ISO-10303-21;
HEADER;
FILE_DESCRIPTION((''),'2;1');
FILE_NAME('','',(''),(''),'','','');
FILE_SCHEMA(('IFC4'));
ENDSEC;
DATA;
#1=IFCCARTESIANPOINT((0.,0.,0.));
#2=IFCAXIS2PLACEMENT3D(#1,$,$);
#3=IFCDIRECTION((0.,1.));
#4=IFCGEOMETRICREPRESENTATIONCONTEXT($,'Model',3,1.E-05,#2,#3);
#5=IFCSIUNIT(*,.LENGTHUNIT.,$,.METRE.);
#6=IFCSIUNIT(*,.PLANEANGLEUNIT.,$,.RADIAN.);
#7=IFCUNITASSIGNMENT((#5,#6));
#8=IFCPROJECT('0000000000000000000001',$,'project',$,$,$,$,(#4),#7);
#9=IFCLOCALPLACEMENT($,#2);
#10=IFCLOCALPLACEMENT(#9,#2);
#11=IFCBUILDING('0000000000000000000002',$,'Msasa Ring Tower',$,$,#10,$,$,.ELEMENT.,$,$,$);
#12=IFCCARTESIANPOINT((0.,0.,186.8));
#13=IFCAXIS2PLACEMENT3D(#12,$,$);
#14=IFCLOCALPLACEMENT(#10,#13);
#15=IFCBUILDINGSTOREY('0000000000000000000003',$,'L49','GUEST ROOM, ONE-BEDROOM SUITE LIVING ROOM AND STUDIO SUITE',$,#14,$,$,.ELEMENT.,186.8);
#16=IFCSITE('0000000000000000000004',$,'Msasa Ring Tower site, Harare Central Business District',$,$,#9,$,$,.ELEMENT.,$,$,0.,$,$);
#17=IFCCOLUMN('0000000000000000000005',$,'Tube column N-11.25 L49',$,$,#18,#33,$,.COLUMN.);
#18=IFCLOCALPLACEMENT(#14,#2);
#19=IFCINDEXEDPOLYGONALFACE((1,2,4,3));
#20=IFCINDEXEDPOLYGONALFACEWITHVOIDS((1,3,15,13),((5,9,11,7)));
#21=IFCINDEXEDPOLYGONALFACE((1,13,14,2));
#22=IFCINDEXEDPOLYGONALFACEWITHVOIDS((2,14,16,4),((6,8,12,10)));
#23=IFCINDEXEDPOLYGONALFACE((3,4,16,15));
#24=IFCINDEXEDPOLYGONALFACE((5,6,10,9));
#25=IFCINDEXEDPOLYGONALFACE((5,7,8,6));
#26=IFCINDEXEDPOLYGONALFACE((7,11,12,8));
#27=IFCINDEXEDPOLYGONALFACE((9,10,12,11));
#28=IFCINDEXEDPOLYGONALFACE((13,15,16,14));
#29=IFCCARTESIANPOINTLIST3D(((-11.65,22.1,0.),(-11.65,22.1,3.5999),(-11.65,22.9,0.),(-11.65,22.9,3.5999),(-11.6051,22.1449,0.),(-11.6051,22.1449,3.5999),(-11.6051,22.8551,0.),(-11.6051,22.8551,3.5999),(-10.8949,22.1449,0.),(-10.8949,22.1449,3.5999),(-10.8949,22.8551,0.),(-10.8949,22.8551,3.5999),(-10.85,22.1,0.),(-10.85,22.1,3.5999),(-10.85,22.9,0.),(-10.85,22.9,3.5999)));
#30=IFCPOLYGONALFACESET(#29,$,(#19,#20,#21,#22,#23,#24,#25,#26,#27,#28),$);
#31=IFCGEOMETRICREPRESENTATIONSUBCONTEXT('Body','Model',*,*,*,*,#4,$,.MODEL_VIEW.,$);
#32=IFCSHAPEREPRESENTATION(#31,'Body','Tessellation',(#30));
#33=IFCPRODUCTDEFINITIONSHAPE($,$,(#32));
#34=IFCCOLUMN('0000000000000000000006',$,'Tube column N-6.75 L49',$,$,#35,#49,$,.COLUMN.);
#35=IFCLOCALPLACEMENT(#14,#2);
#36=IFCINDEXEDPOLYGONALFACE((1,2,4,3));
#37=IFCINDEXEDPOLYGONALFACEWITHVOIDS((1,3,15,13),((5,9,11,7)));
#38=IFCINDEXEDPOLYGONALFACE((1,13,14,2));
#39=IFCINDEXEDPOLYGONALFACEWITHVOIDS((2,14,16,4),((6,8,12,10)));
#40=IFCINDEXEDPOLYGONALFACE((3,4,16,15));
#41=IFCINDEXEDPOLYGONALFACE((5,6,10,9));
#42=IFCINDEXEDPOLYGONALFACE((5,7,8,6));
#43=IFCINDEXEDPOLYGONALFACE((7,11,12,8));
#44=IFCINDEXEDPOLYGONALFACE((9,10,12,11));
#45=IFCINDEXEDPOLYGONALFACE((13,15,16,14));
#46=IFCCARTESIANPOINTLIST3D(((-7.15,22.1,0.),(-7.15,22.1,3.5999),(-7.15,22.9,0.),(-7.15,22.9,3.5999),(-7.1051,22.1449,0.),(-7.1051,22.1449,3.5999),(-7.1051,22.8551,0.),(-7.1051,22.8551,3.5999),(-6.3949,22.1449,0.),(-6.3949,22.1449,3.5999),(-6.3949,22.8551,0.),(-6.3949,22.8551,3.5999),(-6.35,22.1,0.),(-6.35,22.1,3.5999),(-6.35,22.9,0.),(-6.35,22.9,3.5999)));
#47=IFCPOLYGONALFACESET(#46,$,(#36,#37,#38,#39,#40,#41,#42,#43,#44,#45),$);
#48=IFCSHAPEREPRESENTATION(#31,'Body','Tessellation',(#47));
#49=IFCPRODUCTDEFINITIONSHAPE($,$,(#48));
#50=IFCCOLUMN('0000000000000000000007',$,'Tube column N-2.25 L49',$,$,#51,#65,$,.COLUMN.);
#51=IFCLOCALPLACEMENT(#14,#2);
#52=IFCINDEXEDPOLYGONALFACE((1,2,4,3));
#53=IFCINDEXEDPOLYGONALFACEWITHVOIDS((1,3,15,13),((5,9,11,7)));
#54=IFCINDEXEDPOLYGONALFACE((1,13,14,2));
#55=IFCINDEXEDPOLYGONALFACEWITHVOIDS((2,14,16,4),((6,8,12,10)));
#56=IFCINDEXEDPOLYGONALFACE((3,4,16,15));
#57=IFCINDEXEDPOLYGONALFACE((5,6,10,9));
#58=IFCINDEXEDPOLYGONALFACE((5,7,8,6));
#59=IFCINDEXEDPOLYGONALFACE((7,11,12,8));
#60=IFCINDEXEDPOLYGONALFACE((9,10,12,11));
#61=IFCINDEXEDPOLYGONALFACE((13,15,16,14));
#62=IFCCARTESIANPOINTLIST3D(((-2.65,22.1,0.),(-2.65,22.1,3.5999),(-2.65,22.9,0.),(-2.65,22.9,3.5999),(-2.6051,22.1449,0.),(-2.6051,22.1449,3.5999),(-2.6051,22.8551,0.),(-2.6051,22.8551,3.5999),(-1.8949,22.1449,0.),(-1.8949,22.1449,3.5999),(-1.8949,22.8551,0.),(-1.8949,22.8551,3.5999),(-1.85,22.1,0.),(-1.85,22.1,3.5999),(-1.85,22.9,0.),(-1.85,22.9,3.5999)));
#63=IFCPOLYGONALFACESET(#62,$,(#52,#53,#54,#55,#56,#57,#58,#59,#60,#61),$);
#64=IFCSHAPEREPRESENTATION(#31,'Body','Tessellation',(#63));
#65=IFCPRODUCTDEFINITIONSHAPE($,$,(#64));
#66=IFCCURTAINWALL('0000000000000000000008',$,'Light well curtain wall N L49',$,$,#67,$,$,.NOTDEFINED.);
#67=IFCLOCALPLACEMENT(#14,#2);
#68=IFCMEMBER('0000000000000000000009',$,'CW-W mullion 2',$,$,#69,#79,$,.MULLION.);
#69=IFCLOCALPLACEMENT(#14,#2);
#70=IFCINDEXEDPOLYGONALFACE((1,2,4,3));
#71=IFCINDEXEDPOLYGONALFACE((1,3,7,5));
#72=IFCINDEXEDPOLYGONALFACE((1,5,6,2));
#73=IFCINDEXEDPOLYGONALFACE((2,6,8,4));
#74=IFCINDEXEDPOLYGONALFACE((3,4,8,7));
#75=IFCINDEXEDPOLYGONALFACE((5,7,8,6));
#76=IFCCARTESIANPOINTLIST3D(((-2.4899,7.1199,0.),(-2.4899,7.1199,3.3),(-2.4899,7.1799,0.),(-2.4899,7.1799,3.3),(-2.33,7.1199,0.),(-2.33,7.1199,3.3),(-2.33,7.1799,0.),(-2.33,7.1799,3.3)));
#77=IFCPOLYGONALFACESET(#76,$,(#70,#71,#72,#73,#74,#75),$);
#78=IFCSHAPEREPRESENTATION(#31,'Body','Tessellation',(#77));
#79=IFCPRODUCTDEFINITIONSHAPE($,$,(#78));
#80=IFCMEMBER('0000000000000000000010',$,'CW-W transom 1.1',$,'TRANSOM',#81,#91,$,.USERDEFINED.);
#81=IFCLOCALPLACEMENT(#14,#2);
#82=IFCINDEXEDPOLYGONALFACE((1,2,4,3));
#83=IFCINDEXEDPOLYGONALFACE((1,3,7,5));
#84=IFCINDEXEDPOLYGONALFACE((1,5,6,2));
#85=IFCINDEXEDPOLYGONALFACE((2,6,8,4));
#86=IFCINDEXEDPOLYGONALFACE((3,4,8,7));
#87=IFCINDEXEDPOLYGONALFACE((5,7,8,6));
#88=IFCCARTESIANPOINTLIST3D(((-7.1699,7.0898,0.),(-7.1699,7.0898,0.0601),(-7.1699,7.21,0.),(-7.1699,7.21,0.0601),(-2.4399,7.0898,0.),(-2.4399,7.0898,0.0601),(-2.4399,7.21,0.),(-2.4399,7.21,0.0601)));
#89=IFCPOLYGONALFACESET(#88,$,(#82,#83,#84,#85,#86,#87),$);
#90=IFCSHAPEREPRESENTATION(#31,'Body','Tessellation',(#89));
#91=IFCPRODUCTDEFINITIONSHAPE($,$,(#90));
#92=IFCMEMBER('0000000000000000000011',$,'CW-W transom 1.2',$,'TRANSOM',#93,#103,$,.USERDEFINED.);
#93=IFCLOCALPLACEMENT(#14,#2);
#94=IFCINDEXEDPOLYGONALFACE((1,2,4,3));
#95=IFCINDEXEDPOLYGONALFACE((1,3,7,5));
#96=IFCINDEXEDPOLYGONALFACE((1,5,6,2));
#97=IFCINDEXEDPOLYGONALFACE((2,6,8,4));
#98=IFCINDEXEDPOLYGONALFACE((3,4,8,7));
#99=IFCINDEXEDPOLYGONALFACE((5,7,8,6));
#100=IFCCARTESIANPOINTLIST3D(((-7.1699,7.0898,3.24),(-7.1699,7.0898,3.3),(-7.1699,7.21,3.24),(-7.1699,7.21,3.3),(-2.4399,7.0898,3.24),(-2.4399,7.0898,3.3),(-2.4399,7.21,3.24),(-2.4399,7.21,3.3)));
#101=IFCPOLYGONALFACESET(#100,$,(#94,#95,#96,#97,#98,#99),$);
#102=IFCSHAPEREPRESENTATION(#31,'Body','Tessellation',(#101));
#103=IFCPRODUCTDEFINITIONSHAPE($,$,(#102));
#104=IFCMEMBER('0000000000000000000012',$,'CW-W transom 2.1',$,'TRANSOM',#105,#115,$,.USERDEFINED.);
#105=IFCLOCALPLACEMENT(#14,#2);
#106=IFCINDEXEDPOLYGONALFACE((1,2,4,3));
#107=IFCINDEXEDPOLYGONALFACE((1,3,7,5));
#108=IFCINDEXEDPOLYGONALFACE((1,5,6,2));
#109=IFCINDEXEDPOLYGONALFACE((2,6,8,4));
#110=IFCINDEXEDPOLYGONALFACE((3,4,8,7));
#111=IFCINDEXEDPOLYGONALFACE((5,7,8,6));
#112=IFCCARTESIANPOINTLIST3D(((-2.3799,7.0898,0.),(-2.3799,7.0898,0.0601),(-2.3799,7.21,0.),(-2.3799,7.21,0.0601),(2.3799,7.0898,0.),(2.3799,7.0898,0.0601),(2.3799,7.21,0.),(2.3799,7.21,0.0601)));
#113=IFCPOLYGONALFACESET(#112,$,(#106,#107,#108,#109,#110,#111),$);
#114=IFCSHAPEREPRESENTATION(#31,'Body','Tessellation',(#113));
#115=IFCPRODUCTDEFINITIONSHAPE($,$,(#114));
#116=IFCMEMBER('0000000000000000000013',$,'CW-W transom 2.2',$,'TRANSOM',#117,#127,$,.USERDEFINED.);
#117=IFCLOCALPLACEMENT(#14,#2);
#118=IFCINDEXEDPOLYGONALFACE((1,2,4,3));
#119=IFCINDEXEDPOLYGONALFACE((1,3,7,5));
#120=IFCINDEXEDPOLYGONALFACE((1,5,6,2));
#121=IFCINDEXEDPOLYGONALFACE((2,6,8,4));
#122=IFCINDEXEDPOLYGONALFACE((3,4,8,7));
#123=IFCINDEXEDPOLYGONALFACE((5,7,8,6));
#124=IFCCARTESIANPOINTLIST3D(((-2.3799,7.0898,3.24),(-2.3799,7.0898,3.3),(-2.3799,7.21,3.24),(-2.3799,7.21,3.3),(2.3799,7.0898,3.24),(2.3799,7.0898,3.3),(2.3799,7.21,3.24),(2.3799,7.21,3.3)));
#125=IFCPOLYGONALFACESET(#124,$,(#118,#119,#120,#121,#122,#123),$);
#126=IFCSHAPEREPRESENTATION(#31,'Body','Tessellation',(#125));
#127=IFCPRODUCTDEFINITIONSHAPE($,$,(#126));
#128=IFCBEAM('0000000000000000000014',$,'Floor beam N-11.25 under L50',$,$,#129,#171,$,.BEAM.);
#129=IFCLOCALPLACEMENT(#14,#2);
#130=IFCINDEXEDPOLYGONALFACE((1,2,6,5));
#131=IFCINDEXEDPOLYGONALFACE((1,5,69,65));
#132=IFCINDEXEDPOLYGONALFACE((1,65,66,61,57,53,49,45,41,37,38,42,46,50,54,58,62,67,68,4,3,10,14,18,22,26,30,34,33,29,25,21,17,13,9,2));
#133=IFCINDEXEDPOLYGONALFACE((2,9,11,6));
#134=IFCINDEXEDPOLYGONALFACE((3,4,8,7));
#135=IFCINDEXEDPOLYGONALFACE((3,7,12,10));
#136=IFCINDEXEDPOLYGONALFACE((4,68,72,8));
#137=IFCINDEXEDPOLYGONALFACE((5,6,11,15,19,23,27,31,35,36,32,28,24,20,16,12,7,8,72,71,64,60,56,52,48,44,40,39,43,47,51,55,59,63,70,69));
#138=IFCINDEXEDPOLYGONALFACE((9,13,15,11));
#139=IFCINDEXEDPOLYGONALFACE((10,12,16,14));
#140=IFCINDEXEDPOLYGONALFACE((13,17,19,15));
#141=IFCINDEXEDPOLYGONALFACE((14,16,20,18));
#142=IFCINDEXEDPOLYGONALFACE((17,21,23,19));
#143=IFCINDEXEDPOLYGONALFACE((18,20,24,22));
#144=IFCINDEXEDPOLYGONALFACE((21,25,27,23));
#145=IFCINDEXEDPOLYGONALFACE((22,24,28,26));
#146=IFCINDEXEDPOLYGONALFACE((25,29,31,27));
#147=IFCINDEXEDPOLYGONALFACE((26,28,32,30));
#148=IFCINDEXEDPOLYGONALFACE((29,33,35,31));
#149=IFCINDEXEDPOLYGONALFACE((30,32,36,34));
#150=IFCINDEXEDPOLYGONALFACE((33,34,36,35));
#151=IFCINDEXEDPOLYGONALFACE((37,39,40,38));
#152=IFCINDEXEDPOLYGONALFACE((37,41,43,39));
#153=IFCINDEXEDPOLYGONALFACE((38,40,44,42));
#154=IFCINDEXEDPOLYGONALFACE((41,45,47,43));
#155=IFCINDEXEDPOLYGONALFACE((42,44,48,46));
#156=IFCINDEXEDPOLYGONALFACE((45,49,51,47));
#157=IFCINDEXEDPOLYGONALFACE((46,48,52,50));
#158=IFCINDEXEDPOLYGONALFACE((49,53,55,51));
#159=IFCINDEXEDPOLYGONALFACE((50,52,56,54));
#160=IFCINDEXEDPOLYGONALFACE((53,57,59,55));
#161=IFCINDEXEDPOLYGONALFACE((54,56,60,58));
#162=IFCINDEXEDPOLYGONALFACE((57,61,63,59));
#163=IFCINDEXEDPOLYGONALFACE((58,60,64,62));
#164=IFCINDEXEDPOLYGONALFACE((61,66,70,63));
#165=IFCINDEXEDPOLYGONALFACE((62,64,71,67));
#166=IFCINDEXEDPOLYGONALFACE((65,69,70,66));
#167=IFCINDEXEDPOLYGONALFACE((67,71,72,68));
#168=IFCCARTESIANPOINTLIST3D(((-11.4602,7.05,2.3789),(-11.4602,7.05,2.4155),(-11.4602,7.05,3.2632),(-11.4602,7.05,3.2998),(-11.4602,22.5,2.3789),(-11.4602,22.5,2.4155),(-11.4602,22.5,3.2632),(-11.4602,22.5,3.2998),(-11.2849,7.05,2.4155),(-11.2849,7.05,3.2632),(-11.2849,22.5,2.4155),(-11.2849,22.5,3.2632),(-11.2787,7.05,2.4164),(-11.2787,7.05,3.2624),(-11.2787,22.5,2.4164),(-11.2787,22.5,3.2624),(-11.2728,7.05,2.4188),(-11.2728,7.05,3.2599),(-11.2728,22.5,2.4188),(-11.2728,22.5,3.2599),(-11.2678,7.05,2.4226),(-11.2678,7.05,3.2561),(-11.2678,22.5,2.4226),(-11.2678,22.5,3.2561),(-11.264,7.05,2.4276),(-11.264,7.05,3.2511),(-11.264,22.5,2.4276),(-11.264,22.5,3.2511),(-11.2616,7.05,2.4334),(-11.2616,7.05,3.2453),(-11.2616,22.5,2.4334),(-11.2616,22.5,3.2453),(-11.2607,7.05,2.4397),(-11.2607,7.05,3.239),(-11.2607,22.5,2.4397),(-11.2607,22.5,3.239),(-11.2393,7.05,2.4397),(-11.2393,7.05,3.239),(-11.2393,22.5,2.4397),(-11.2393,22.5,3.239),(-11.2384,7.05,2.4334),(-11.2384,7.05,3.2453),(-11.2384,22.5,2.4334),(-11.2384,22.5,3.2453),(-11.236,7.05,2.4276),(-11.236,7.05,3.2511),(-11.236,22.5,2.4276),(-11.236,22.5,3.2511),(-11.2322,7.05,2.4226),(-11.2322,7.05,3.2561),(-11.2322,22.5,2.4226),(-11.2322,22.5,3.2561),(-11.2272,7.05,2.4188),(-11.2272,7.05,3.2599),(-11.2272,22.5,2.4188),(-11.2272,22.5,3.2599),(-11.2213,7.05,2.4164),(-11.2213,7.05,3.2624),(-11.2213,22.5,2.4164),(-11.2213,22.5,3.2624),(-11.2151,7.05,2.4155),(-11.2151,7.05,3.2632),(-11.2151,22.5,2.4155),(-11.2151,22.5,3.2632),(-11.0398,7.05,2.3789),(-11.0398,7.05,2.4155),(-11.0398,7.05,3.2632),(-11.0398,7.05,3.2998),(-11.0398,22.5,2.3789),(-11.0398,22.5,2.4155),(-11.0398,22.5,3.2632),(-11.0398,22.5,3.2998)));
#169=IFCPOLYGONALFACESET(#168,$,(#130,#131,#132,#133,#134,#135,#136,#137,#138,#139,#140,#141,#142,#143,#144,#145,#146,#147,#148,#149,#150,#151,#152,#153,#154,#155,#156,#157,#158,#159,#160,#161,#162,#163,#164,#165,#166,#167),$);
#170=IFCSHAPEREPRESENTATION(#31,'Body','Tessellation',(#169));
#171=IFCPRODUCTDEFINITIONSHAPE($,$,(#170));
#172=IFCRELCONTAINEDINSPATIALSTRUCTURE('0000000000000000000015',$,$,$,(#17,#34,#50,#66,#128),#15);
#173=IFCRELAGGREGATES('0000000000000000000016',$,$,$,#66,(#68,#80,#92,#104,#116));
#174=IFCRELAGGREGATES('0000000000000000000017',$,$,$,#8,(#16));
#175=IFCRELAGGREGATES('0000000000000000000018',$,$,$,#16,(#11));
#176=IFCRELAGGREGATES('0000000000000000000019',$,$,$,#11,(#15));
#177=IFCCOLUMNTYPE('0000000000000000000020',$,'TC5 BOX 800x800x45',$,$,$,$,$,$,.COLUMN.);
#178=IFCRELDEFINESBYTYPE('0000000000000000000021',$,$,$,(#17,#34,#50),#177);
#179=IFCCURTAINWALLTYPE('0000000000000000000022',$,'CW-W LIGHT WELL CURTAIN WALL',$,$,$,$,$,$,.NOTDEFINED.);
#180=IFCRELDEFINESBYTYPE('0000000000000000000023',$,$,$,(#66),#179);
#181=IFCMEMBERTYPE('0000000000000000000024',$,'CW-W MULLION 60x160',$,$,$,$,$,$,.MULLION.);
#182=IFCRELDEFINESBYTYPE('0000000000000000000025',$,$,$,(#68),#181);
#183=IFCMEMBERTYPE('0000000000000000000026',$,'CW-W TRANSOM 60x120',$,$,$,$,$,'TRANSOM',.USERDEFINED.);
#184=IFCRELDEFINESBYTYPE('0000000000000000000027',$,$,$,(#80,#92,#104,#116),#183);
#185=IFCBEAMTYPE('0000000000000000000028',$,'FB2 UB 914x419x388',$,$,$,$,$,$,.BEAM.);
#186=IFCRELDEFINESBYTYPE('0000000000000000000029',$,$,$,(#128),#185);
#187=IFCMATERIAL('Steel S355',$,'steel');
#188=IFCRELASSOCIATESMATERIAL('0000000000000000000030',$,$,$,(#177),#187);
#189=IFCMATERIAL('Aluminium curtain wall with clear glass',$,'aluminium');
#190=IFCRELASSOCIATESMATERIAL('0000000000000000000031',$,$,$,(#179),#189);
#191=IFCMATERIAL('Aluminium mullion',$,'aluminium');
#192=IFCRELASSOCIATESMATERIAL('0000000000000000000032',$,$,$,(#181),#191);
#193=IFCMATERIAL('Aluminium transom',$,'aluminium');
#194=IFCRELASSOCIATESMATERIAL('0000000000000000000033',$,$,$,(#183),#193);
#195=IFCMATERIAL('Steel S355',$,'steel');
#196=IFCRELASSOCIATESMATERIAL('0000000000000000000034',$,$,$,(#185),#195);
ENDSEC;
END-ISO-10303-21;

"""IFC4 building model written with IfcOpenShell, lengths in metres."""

from ifc_helpers import new_model, si_unit, direction, frame, origin, origin_2d, place, context, subcontext, project, spatial, rectangle, hollow_rectangle, i_section, extrude, material, material_profile, profile_set, type_object, element, aggregate, save


model = new_model("IFC4")

# Units and contexts
model_context = context("Model", 3, precision=1e-05, world=origin(), true_north=direction((0.0, 1.0)))
body_context = subcontext(model_context, "Body", "Model", "MODEL_VIEW")
ifc_project = project(units=[si_unit("LENGTHUNIT", "METRE"), si_unit("PLANEANGLEUNIT", "RADIAN")], contexts=[model_context])

# Site, building, storey
site_placement = place(None, origin())
site = spatial("IfcSite", under=ifc_project, at=site_placement, Name="Msasa Ring Tower site, Harare Central Business District", CompositionType="ELEMENT", RefElevation=0.0)
building_placement = place(site_placement, origin())
building = spatial("IfcBuilding", under=site, at=building_placement, Name="Msasa Ring Tower", CompositionType="ELEMENT")
storey_placement = place(building_placement, frame((0.0, 0.0, 186.8)))
storey = spatial("IfcBuildingStorey", under=building, at=storey_placement, Name="L49", Description="GUEST ROOM, ONE-BEDROOM SUITE LIVING ROOM AND STUDIO SUITE", CompositionType="ELEMENT", Elevation=186.8)

# Columns
ifc_material_1 = material(Name="Steel S355", Category="steel")
ifc_material_profile_1 = material_profile(ifc_material_1, hollow_rectangle(XDim=0.8, YDim=0.8, WallThickness=0.0449, at=origin_2d()), Name="BOX 800x800x45")
ifc_profile_set_1 = profile_set([ifc_material_profile_1], Name="Steel S355")
column_type = type_object("IfcColumnType", Name="TC5 BOX 800x800x45", PredefinedType="COLUMN", material=ifc_profile_set_1)
for number, where, z_axis, x_axis, name in (
    (1, (-11.25, 22.5, 0.0), (0.0, 0.0, 1.0), (0.0, 1.0, 0.0), "Tube column N-11.25 L49"),
    (2, (-6.75, 22.5, 0.0), (0.0, 0.0, 1.0), (0.0, 1.0, 0.0), "Tube column N-6.75 L49"),
    (3, (-2.25, 22.5, 0.0), (0.0, 0.0, 1.0), (0.0, 1.0, 0.0), "Tube column N-2.25 L49"),
):
    element("IfcColumn", number, at=place(storey_placement, frame(where, z_axis=z_axis, x_axis=x_axis)), inside=storey, type_object=column_type, Name=name, PredefinedType="COLUMN", context=body_context, shape_type="SweptSolid", body=[
        extrude(hollow_rectangle(XDim=0.8, YDim=0.8, WallThickness=0.0449, at=origin_2d()), origin(), (0.0, 0.0, 1.0), 3.5999),
    ])

# Curtain wall, members
ifc_material_2 = material(Name="Aluminium curtain wall with clear glass", Category="aluminium")
curtain_wall_type = type_object("IfcCurtainWallType", Name="CW-W LIGHT WELL CURTAIN WALL", PredefinedType="NOTDEFINED", material=ifc_material_2)
curtain_wall_placement = place(storey_placement, origin())
curtain_wall = element("IfcCurtainWall", 4, at=curtain_wall_placement, inside=storey, type_object=curtain_wall_type, Name="Light well curtain wall N L49", PredefinedType="NOTDEFINED")
ifc_material_3 = material(Name="Aluminium mullion", Category="aluminium")
ifc_material_profile_2 = material_profile(ifc_material_3, rectangle(XDim=0.0601, YDim=0.1599, at=origin_2d()), Name="AL 60x160")
ifc_profile_set_2 = profile_set([ifc_material_profile_2], Name="Aluminium mullion")
member_type_1 = type_object("IfcMemberType", Name="CW-W MULLION 60x160", PredefinedType="MULLION", material=ifc_profile_set_2)
member_1_placement = place(storey_placement, frame((-2.4099, 7.1499, 0.0), z_axis=(0.0, 0.0, 1.0), x_axis=(0.0, 1.0, 0.0)))
member_1 = element("IfcMember", 5, at=member_1_placement, type_object=member_type_1, Name="CW-W mullion 2", PredefinedType="MULLION", context=body_context, shape_type="SweptSolid", body=[
    extrude(rectangle(XDim=0.0601, YDim=0.1599, at=origin_2d()), origin(), (0.0, 0.0, 1.0), 3.3),
])
ifc_material_4 = material(Name="Aluminium transom", Category="aluminium")
ifc_material_profile_3 = material_profile(ifc_material_4, rectangle(XDim=0.1201, YDim=0.0601, at=origin_2d()), Name="AL 60x120")
ifc_profile_set_3 = profile_set([ifc_material_profile_3], Name="Aluminium transom")
member_type_2 = type_object("IfcMemberType", Name="CW-W TRANSOM 60x120", ElementType="TRANSOM", PredefinedType="USERDEFINED", material=ifc_profile_set_3)
member_2_placement = place(storey_placement, frame((-7.1699, 7.1499, 0.03), z_axis=(1.0, 0.0, 0.0), x_axis=(0.0, 1.0, 0.0)))
member_2 = element("IfcMember", 6, at=member_2_placement, type_object=member_type_2, Name="CW-W transom 1.1", ObjectType="TRANSOM", PredefinedType="USERDEFINED", context=body_context, shape_type="SweptSolid", body=[
    extrude(rectangle(XDim=0.1201, YDim=0.0601, at=origin_2d()), origin(), (0.0, 0.0, 1.0), 4.73),
])
member_3_placement = place(storey_placement, frame((-7.1699, 7.1499, 3.27), z_axis=(1.0, 0.0, 0.0), x_axis=(0.0, 1.0, 0.0)))
member_3 = element("IfcMember", 7, at=member_3_placement, type_object=member_type_2, Name="CW-W transom 1.2", ObjectType="TRANSOM", PredefinedType="USERDEFINED", context=body_context, shape_type="SweptSolid", body=[
    extrude(rectangle(XDim=0.1201, YDim=0.0601, at=origin_2d()), origin(), (0.0, 0.0, 1.0), 4.73),
])
member_4_placement = place(storey_placement, frame((-2.3799, 7.1499, 0.03), z_axis=(1.0, 0.0, 0.0), x_axis=(0.0, 1.0, 0.0)))
member_4 = element("IfcMember", 8, at=member_4_placement, type_object=member_type_2, Name="CW-W transom 2.1", ObjectType="TRANSOM", PredefinedType="USERDEFINED", context=body_context, shape_type="SweptSolid", body=[
    extrude(rectangle(XDim=0.1201, YDim=0.0601, at=origin_2d()), origin(), (0.0, 0.0, 1.0), 4.7598),
])
member_5_placement = place(storey_placement, frame((-2.3799, 7.1499, 3.27), z_axis=(1.0, 0.0, 0.0), x_axis=(0.0, 1.0, 0.0)))
member_5 = element("IfcMember", 9, at=member_5_placement, type_object=member_type_2, Name="CW-W transom 2.2", ObjectType="TRANSOM", PredefinedType="USERDEFINED", context=body_context, shape_type="SweptSolid", body=[
    extrude(rectangle(XDim=0.1201, YDim=0.0601, at=origin_2d()), origin(), (0.0, 0.0, 1.0), 4.7598),
])

# Beam
ifc_material_5 = material(Name="Steel S355", Category="steel")
ifc_material_profile_4 = material_profile(ifc_material_5, i_section(OverallWidth=0.4204, OverallDepth=0.9209, WebThickness=0.0215, FlangeThickness=0.0366, FilletRadius=0.0242, at=origin_2d()), Name="UB 914x419x388")
ifc_profile_set_4 = profile_set([ifc_material_profile_4], Name="Steel S355")
beam_type_1 = type_object("IfcBeamType", Name="FB2 UB 914x419x388", PredefinedType="BEAM", material=ifc_profile_set_4)
beam_placement = place(storey_placement, frame((-11.25, 22.5, 2.8394), z_axis=(0.0, -1.0, 0.0), x_axis=(1.0, 0.0, 0.0)))
element("IfcBeam", 10, at=beam_placement, inside=storey, type_object=beam_type_1, Name="Floor beam N-11.25 under L50", PredefinedType="BEAM", context=body_context, shape_type="SweptSolid", body=[
    extrude(i_section(OverallWidth=0.4204, OverallDepth=0.9209, WebThickness=0.0215, FlangeThickness=0.0366, FilletRadius=0.0242, at=origin_2d()), origin(), (0.0, 0.0, 1.0), 15.45),
])

aggregate(curtain_wall, [member_1, member_2, member_3, member_4, member_5])

save(model, "model.ifc")
